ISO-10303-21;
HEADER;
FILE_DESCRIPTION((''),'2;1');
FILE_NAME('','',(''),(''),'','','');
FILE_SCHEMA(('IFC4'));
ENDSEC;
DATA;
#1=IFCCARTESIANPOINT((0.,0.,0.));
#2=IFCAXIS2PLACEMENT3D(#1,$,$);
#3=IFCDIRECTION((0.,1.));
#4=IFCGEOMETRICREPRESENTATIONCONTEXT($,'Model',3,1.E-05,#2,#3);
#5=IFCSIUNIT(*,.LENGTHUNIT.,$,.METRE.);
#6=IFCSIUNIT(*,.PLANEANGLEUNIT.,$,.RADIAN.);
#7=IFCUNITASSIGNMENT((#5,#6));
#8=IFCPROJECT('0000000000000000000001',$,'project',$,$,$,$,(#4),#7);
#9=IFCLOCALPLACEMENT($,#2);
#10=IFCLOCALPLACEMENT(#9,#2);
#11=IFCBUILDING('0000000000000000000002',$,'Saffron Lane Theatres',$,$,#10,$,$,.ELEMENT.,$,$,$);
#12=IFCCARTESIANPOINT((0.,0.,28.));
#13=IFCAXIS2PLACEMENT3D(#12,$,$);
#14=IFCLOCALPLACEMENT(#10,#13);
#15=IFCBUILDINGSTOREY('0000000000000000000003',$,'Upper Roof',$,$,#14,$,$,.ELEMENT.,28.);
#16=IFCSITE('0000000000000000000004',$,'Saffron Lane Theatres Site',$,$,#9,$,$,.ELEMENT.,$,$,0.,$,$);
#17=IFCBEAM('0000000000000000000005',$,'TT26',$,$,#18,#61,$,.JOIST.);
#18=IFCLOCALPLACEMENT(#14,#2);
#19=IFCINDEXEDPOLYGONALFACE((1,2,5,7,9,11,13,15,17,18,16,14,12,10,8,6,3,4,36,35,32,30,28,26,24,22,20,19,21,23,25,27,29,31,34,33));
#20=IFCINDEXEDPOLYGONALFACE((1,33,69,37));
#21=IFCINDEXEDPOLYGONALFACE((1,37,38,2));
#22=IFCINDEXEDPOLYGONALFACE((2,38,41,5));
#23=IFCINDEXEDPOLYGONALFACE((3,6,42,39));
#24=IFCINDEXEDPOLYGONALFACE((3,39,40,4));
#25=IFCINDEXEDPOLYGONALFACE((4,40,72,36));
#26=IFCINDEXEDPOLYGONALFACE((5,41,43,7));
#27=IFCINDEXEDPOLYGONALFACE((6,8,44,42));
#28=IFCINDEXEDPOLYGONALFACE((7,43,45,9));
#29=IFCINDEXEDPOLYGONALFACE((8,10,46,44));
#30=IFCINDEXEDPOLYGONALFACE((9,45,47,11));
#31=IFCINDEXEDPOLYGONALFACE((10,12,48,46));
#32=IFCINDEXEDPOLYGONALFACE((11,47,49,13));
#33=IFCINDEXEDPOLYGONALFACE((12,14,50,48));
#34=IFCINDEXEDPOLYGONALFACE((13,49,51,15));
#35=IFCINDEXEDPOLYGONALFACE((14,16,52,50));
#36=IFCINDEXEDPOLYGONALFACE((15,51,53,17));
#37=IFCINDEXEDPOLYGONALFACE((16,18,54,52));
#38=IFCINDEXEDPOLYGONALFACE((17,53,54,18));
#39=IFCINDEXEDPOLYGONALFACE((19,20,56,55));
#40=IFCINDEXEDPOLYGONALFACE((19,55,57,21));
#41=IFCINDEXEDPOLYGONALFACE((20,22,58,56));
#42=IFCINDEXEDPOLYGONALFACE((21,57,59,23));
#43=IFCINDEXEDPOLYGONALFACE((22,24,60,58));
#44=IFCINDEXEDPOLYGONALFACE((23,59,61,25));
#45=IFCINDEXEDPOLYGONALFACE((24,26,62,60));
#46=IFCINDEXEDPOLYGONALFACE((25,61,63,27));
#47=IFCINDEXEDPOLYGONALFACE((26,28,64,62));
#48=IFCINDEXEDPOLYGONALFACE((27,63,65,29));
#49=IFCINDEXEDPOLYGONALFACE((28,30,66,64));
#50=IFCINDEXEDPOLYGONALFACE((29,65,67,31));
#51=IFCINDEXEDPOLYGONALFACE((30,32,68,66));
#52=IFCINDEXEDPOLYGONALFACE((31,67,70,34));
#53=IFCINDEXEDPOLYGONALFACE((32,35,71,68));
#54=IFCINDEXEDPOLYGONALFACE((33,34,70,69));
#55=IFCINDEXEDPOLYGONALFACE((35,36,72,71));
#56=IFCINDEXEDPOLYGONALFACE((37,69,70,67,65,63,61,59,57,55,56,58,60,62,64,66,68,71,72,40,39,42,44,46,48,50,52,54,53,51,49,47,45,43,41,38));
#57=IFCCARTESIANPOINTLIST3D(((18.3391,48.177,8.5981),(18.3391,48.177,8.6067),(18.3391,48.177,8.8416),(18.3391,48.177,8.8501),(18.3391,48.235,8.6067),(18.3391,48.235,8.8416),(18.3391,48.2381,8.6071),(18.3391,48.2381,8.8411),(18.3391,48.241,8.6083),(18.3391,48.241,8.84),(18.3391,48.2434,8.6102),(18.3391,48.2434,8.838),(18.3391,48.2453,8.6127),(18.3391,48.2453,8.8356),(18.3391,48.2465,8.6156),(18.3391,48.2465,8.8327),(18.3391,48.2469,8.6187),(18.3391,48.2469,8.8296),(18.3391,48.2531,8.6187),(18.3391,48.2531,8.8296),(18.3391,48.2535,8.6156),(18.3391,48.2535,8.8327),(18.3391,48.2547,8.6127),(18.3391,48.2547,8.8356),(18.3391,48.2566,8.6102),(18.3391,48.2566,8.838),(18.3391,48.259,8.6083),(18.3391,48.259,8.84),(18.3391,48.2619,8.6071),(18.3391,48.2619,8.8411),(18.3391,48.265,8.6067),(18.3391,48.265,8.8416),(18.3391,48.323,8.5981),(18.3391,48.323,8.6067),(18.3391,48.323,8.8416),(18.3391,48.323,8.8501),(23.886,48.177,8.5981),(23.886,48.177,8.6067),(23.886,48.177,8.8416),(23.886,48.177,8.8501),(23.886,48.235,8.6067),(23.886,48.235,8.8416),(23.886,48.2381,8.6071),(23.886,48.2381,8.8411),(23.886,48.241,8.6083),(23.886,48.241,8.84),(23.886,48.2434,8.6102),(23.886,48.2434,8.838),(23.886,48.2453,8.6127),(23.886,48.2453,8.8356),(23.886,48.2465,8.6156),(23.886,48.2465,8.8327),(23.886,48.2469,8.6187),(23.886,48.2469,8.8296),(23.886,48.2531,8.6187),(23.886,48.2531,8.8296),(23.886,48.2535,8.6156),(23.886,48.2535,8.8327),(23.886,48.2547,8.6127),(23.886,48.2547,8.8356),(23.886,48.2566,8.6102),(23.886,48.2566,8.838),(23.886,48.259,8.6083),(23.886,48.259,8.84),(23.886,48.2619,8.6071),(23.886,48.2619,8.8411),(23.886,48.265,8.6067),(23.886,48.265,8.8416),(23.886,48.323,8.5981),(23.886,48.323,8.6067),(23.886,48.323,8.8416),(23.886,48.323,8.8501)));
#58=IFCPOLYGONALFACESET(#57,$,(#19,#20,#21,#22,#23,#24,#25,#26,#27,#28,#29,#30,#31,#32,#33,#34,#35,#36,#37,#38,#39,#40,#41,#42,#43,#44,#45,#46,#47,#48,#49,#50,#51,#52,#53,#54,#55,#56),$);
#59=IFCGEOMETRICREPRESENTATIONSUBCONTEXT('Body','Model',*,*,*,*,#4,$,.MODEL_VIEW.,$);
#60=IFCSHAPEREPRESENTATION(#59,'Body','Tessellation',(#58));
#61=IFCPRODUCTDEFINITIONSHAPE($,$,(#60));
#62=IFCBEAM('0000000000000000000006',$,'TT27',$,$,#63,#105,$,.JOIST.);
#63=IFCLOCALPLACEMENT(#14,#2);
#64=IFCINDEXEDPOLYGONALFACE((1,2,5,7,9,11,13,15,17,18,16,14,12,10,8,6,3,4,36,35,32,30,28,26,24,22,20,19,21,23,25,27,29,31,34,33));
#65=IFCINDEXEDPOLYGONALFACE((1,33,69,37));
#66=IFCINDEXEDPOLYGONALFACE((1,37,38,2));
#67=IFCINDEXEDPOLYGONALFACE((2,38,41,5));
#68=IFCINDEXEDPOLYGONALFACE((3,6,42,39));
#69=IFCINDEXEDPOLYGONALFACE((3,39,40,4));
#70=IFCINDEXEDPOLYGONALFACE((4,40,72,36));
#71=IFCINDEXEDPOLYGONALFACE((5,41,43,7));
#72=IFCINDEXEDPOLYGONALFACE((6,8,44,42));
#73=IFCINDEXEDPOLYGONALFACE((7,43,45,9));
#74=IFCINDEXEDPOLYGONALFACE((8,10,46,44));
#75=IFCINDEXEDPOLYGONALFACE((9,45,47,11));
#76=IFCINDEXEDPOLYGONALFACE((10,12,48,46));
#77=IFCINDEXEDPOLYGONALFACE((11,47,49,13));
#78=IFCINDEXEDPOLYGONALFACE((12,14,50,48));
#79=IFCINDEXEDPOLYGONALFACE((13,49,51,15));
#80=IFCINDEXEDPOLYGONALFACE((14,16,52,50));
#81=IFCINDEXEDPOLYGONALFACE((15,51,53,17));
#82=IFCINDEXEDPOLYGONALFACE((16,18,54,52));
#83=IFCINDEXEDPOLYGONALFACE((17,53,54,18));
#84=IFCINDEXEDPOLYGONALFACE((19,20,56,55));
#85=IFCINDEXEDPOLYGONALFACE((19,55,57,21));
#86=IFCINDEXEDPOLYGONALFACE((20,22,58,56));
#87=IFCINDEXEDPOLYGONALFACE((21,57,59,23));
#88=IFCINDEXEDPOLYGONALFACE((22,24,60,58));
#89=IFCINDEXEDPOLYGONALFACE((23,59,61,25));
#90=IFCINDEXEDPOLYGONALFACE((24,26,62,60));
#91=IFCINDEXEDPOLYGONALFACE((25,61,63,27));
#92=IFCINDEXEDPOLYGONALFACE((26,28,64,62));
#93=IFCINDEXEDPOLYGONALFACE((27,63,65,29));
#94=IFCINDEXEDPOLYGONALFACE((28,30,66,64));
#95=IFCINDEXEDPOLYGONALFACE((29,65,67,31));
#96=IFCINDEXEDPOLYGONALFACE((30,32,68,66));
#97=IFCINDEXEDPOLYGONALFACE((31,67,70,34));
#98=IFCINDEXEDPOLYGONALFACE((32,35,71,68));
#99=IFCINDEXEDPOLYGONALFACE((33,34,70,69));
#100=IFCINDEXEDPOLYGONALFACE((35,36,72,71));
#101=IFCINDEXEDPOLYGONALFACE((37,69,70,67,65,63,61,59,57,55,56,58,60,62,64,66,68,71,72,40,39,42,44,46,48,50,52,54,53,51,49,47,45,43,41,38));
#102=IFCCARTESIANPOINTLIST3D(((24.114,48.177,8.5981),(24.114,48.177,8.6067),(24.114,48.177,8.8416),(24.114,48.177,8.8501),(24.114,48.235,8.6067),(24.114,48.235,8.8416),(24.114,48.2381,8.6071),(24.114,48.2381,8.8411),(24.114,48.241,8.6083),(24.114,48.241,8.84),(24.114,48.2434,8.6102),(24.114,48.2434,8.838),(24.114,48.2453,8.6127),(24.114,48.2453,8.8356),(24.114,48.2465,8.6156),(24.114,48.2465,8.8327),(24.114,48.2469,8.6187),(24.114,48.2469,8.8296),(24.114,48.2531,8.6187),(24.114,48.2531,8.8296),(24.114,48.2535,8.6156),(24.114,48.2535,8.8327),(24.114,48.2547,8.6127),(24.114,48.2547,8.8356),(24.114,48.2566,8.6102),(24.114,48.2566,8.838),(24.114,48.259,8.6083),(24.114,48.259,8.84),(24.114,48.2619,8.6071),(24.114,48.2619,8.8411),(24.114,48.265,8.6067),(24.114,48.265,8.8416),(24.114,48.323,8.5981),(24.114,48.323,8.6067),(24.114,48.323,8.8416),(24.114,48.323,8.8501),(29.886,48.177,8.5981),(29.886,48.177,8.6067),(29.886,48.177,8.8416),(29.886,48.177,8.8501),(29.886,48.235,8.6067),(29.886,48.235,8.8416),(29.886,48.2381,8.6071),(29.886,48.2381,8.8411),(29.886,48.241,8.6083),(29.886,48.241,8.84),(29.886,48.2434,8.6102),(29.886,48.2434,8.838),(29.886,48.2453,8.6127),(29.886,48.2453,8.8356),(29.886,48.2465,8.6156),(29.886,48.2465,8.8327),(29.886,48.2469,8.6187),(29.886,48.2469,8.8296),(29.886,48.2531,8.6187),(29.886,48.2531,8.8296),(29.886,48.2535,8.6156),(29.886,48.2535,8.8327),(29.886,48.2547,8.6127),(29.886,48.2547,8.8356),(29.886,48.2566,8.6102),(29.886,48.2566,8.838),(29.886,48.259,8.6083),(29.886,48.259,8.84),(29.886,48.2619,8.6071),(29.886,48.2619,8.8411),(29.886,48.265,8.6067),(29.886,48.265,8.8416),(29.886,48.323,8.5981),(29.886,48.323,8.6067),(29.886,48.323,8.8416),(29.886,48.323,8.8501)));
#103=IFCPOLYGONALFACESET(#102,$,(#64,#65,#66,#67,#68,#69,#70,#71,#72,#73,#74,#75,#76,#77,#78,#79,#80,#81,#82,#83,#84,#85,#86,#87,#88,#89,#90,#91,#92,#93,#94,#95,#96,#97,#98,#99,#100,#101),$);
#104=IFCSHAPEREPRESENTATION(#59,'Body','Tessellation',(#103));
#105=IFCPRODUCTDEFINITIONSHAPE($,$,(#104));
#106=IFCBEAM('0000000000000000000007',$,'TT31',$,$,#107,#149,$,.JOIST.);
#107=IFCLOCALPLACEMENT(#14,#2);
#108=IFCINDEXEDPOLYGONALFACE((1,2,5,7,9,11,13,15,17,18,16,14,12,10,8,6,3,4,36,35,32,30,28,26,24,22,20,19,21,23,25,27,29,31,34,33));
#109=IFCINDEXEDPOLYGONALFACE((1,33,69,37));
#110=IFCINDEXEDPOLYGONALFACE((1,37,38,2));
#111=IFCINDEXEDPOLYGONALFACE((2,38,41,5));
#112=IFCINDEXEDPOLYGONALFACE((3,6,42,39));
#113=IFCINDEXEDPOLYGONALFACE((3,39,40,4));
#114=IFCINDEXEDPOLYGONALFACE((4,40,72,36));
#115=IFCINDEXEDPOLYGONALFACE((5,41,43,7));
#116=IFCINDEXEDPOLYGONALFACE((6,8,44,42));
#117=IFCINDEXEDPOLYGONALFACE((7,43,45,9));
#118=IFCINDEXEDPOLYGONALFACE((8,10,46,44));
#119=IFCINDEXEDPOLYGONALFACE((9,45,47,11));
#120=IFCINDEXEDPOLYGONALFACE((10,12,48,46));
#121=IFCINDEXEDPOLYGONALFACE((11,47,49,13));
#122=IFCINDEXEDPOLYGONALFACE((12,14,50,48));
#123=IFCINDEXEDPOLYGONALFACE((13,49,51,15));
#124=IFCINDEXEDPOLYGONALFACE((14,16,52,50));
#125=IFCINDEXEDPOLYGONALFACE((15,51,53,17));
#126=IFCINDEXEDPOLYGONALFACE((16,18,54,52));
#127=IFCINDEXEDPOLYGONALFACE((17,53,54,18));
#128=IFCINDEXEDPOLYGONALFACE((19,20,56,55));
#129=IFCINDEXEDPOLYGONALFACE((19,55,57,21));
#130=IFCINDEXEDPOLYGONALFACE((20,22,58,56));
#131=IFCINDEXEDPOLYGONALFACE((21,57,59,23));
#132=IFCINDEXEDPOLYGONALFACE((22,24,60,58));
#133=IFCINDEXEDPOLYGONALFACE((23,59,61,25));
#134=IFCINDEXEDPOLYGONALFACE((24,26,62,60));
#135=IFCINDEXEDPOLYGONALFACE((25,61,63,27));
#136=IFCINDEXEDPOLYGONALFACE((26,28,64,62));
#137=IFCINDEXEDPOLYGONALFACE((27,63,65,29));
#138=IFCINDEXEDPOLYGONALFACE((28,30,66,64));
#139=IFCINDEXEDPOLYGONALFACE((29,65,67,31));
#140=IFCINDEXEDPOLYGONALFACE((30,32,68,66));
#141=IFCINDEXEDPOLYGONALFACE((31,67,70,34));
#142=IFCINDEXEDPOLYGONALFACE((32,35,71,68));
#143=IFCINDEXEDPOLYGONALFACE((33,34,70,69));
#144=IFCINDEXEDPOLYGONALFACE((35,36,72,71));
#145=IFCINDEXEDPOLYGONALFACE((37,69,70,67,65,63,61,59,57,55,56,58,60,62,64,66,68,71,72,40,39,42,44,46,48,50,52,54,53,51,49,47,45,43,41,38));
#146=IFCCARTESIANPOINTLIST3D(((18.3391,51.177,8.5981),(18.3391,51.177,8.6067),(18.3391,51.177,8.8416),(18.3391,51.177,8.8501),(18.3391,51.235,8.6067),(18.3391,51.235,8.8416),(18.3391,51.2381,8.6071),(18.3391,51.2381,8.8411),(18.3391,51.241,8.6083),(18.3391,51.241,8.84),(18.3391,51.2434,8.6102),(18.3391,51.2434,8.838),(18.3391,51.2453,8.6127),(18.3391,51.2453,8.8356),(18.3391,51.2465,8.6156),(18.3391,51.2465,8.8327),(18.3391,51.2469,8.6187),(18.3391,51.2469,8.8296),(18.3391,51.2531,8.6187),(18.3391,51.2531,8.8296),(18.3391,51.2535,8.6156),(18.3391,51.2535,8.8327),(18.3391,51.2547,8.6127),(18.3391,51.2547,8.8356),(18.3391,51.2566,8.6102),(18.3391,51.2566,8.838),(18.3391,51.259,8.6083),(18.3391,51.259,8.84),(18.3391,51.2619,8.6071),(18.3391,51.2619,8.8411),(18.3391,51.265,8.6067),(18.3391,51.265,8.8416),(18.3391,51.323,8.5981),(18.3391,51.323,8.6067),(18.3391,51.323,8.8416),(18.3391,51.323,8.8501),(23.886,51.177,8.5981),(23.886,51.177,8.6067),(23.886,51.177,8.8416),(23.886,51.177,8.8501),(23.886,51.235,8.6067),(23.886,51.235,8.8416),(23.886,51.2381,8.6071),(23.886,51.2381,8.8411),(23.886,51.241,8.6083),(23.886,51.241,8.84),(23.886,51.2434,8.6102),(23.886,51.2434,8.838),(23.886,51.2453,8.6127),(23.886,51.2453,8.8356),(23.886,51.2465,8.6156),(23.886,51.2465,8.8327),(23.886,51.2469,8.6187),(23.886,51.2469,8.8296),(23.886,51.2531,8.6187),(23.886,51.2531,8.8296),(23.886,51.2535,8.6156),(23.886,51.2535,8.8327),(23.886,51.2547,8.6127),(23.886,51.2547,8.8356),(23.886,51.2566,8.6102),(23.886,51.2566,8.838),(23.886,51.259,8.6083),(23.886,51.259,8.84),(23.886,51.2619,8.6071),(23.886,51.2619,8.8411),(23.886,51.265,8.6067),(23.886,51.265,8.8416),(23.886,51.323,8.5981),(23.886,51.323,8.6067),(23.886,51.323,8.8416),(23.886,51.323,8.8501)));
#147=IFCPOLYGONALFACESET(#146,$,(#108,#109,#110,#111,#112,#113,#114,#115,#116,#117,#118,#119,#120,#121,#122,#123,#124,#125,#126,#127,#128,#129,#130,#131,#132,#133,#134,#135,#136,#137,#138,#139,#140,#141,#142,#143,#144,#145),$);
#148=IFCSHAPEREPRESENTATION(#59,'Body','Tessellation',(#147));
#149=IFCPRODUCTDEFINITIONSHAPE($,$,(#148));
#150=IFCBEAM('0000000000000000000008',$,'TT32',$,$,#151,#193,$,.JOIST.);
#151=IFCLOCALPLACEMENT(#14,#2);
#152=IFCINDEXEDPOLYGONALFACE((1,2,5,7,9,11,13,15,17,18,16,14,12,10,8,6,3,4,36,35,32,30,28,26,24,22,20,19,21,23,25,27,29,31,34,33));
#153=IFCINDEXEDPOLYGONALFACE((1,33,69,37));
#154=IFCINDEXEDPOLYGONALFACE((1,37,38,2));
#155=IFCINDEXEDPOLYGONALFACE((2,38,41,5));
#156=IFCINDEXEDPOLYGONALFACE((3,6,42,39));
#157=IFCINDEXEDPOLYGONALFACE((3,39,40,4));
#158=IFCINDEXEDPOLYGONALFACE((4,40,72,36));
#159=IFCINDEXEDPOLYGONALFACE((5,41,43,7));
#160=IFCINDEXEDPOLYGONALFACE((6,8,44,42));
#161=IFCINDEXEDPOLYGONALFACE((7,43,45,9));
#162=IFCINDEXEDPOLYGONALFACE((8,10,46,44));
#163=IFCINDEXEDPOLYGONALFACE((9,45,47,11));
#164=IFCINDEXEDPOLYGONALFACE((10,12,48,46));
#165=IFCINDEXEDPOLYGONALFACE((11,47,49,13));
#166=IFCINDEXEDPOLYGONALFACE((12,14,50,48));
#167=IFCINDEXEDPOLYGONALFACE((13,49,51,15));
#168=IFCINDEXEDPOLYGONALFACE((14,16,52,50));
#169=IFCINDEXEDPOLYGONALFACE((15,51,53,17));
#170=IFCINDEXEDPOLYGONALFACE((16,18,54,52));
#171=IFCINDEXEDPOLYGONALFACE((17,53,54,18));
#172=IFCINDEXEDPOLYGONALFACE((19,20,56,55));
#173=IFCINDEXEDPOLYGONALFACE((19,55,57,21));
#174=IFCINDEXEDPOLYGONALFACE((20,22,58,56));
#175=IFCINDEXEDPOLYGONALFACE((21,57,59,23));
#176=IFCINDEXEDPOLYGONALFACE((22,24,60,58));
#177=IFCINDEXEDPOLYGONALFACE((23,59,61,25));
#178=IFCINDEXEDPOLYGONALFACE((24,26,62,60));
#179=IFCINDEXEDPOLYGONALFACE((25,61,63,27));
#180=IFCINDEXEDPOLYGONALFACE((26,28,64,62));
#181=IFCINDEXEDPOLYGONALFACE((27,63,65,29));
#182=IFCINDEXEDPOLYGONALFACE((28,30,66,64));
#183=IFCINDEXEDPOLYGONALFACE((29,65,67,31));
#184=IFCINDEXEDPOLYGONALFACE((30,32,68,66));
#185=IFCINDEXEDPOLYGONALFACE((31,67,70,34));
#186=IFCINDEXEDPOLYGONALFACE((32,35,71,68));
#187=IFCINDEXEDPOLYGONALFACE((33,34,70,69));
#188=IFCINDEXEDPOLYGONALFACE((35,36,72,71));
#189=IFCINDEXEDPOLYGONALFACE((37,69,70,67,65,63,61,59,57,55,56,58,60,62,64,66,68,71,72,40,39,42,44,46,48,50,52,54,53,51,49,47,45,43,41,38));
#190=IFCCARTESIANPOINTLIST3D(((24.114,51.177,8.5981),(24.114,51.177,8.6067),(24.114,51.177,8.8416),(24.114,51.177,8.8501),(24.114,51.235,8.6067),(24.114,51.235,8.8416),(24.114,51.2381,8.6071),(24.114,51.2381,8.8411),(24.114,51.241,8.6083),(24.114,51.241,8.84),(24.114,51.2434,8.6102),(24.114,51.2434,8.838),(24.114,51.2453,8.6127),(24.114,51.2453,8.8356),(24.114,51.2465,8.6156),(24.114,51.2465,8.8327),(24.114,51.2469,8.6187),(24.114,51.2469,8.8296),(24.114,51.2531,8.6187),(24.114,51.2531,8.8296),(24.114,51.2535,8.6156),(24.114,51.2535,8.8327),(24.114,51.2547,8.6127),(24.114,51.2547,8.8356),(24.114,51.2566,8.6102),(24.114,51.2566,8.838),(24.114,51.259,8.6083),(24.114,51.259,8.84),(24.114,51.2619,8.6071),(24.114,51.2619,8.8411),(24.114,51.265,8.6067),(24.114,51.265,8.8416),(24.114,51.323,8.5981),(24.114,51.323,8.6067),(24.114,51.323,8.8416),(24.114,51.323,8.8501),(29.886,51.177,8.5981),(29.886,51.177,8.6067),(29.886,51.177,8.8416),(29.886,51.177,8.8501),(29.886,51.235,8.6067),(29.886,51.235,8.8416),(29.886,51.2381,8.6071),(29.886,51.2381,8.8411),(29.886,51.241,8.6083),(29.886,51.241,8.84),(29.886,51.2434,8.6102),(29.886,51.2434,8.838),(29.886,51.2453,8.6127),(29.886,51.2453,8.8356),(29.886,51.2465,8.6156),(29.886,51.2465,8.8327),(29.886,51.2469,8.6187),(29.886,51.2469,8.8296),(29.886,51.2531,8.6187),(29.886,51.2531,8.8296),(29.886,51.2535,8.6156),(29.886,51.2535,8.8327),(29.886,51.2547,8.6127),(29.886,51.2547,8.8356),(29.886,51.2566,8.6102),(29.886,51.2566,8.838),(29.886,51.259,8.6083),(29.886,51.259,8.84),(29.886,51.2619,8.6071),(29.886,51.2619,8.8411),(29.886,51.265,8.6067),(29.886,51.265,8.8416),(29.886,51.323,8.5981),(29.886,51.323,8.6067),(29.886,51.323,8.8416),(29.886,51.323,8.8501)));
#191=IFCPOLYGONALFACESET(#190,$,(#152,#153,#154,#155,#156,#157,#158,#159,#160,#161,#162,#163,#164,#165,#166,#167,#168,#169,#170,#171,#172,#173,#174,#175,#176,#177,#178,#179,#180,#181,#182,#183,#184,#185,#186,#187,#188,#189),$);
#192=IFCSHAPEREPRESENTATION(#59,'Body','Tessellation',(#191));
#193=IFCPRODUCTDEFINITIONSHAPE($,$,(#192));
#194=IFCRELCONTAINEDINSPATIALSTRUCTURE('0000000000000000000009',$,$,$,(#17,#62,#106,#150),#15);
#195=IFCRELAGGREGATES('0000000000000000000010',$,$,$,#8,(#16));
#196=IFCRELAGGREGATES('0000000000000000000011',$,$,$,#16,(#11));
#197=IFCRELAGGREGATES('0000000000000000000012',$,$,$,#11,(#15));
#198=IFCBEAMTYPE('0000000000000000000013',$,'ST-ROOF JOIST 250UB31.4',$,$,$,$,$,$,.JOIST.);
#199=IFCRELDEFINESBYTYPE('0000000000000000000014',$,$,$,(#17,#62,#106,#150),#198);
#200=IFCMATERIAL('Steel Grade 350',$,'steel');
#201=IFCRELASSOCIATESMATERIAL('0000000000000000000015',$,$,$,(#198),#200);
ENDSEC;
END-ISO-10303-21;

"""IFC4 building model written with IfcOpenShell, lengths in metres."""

from ifc_helpers import new_model, si_unit, direction, frame, origin, origin_2d, place, context, subcontext, project, spatial, i_section, extrude, material, material_profile, profile_set, type_object, element, save


model = new_model("IFC4")

# Units and contexts
model_context = context("Model", 3, precision=1e-05, world=origin(), true_north=direction((0.0, 1.0)))
body_context = subcontext(model_context, "Body", "Model", "MODEL_VIEW")
ifc_project = project(units=[si_unit("LENGTHUNIT", "METRE"), si_unit("PLANEANGLEUNIT", "RADIAN")], contexts=[model_context])

# Site, building, storey
site_placement = place(None, origin())
site = spatial("IfcSite", under=ifc_project, at=site_placement, Name="Saffron Lane Theatres Site", CompositionType="ELEMENT", RefElevation=0.0)
building_placement = place(site_placement, origin())
building = spatial("IfcBuilding", under=site, at=building_placement, Name="Saffron Lane Theatres", CompositionType="ELEMENT")
storey_placement = place(building_placement, frame((0.0, 0.0, 28.0)))
storey = spatial("IfcBuildingStorey", under=building, at=storey_placement, Name="Upper Roof", CompositionType="ELEMENT", Elevation=28.0)

# Beams
ifc_material_1 = material(Name="Steel Grade 350", Category="steel")
ifc_material_profile_1 = material_profile(ifc_material_1, i_section(OverallWidth=0.146, OverallDepth=0.252, WebThickness=0.0061, FlangeThickness=0.0085, FilletRadius=0.012, at=origin_2d()))
ifc_profile_set_1 = profile_set([ifc_material_profile_1], Name="Steel Grade 350")
beam_type_1 = type_object("IfcBeamType", Name="ST-ROOF JOIST 250UB31.4", PredefinedType="JOIST", material=ifc_profile_set_1)
beam_1_placement = place(storey_placement, frame((18.3391, 48.25, 8.7241), z_axis=(1.0, 0.0, 0.0), x_axis=(0.0, 1.0, 0.0)))
element("IfcBeam", 1, at=beam_1_placement, inside=storey, type_object=beam_type_1, Name="TT26", PredefinedType="JOIST", context=body_context, shape_type="SweptSolid", body=[
    extrude(i_section(OverallWidth=0.146, OverallDepth=0.252, WebThickness=0.0061, FlangeThickness=0.0085, FilletRadius=0.012, at=origin_2d()), origin(), (0.0, 0.0, 1.0), 5.5469),
])
beam_2_placement = place(storey_placement, frame((24.114, 48.25, 8.7241), z_axis=(1.0, 0.0, 0.0), x_axis=(0.0, 1.0, 0.0)))
element("IfcBeam", 2, at=beam_2_placement, inside=storey, type_object=beam_type_1, Name="TT27", PredefinedType="JOIST", context=body_context, shape_type="SweptSolid", body=[
    extrude(i_section(OverallWidth=0.146, OverallDepth=0.252, WebThickness=0.0061, FlangeThickness=0.0085, FilletRadius=0.012, at=origin_2d()), origin(), (0.0, 0.0, 1.0), 5.772),
])
beam_3_placement = place(storey_placement, frame((18.3391, 51.25, 8.7241), z_axis=(1.0, 0.0, 0.0), x_axis=(0.0, 1.0, 0.0)))
element("IfcBeam", 3, at=beam_3_placement, inside=storey, type_object=beam_type_1, Name="TT31", PredefinedType="JOIST", context=body_context, shape_type="SweptSolid", body=[
    extrude(i_section(OverallWidth=0.146, OverallDepth=0.252, WebThickness=0.0061, FlangeThickness=0.0085, FilletRadius=0.012, at=origin_2d()), origin(), (0.0, 0.0, 1.0), 5.5469),
])
beam_4_placement = place(storey_placement, frame((24.114, 51.25, 8.7241), z_axis=(1.0, 0.0, 0.0), x_axis=(0.0, 1.0, 0.0)))
element("IfcBeam", 4, at=beam_4_placement, inside=storey, type_object=beam_type_1, Name="TT32", PredefinedType="JOIST", context=body_context, shape_type="SweptSolid", body=[
    extrude(i_section(OverallWidth=0.146, OverallDepth=0.252, WebThickness=0.0061, FlangeThickness=0.0085, FilletRadius=0.012, at=origin_2d()), origin(), (0.0, 0.0, 1.0), 5.772),
])

save(model, "model.ifc")
